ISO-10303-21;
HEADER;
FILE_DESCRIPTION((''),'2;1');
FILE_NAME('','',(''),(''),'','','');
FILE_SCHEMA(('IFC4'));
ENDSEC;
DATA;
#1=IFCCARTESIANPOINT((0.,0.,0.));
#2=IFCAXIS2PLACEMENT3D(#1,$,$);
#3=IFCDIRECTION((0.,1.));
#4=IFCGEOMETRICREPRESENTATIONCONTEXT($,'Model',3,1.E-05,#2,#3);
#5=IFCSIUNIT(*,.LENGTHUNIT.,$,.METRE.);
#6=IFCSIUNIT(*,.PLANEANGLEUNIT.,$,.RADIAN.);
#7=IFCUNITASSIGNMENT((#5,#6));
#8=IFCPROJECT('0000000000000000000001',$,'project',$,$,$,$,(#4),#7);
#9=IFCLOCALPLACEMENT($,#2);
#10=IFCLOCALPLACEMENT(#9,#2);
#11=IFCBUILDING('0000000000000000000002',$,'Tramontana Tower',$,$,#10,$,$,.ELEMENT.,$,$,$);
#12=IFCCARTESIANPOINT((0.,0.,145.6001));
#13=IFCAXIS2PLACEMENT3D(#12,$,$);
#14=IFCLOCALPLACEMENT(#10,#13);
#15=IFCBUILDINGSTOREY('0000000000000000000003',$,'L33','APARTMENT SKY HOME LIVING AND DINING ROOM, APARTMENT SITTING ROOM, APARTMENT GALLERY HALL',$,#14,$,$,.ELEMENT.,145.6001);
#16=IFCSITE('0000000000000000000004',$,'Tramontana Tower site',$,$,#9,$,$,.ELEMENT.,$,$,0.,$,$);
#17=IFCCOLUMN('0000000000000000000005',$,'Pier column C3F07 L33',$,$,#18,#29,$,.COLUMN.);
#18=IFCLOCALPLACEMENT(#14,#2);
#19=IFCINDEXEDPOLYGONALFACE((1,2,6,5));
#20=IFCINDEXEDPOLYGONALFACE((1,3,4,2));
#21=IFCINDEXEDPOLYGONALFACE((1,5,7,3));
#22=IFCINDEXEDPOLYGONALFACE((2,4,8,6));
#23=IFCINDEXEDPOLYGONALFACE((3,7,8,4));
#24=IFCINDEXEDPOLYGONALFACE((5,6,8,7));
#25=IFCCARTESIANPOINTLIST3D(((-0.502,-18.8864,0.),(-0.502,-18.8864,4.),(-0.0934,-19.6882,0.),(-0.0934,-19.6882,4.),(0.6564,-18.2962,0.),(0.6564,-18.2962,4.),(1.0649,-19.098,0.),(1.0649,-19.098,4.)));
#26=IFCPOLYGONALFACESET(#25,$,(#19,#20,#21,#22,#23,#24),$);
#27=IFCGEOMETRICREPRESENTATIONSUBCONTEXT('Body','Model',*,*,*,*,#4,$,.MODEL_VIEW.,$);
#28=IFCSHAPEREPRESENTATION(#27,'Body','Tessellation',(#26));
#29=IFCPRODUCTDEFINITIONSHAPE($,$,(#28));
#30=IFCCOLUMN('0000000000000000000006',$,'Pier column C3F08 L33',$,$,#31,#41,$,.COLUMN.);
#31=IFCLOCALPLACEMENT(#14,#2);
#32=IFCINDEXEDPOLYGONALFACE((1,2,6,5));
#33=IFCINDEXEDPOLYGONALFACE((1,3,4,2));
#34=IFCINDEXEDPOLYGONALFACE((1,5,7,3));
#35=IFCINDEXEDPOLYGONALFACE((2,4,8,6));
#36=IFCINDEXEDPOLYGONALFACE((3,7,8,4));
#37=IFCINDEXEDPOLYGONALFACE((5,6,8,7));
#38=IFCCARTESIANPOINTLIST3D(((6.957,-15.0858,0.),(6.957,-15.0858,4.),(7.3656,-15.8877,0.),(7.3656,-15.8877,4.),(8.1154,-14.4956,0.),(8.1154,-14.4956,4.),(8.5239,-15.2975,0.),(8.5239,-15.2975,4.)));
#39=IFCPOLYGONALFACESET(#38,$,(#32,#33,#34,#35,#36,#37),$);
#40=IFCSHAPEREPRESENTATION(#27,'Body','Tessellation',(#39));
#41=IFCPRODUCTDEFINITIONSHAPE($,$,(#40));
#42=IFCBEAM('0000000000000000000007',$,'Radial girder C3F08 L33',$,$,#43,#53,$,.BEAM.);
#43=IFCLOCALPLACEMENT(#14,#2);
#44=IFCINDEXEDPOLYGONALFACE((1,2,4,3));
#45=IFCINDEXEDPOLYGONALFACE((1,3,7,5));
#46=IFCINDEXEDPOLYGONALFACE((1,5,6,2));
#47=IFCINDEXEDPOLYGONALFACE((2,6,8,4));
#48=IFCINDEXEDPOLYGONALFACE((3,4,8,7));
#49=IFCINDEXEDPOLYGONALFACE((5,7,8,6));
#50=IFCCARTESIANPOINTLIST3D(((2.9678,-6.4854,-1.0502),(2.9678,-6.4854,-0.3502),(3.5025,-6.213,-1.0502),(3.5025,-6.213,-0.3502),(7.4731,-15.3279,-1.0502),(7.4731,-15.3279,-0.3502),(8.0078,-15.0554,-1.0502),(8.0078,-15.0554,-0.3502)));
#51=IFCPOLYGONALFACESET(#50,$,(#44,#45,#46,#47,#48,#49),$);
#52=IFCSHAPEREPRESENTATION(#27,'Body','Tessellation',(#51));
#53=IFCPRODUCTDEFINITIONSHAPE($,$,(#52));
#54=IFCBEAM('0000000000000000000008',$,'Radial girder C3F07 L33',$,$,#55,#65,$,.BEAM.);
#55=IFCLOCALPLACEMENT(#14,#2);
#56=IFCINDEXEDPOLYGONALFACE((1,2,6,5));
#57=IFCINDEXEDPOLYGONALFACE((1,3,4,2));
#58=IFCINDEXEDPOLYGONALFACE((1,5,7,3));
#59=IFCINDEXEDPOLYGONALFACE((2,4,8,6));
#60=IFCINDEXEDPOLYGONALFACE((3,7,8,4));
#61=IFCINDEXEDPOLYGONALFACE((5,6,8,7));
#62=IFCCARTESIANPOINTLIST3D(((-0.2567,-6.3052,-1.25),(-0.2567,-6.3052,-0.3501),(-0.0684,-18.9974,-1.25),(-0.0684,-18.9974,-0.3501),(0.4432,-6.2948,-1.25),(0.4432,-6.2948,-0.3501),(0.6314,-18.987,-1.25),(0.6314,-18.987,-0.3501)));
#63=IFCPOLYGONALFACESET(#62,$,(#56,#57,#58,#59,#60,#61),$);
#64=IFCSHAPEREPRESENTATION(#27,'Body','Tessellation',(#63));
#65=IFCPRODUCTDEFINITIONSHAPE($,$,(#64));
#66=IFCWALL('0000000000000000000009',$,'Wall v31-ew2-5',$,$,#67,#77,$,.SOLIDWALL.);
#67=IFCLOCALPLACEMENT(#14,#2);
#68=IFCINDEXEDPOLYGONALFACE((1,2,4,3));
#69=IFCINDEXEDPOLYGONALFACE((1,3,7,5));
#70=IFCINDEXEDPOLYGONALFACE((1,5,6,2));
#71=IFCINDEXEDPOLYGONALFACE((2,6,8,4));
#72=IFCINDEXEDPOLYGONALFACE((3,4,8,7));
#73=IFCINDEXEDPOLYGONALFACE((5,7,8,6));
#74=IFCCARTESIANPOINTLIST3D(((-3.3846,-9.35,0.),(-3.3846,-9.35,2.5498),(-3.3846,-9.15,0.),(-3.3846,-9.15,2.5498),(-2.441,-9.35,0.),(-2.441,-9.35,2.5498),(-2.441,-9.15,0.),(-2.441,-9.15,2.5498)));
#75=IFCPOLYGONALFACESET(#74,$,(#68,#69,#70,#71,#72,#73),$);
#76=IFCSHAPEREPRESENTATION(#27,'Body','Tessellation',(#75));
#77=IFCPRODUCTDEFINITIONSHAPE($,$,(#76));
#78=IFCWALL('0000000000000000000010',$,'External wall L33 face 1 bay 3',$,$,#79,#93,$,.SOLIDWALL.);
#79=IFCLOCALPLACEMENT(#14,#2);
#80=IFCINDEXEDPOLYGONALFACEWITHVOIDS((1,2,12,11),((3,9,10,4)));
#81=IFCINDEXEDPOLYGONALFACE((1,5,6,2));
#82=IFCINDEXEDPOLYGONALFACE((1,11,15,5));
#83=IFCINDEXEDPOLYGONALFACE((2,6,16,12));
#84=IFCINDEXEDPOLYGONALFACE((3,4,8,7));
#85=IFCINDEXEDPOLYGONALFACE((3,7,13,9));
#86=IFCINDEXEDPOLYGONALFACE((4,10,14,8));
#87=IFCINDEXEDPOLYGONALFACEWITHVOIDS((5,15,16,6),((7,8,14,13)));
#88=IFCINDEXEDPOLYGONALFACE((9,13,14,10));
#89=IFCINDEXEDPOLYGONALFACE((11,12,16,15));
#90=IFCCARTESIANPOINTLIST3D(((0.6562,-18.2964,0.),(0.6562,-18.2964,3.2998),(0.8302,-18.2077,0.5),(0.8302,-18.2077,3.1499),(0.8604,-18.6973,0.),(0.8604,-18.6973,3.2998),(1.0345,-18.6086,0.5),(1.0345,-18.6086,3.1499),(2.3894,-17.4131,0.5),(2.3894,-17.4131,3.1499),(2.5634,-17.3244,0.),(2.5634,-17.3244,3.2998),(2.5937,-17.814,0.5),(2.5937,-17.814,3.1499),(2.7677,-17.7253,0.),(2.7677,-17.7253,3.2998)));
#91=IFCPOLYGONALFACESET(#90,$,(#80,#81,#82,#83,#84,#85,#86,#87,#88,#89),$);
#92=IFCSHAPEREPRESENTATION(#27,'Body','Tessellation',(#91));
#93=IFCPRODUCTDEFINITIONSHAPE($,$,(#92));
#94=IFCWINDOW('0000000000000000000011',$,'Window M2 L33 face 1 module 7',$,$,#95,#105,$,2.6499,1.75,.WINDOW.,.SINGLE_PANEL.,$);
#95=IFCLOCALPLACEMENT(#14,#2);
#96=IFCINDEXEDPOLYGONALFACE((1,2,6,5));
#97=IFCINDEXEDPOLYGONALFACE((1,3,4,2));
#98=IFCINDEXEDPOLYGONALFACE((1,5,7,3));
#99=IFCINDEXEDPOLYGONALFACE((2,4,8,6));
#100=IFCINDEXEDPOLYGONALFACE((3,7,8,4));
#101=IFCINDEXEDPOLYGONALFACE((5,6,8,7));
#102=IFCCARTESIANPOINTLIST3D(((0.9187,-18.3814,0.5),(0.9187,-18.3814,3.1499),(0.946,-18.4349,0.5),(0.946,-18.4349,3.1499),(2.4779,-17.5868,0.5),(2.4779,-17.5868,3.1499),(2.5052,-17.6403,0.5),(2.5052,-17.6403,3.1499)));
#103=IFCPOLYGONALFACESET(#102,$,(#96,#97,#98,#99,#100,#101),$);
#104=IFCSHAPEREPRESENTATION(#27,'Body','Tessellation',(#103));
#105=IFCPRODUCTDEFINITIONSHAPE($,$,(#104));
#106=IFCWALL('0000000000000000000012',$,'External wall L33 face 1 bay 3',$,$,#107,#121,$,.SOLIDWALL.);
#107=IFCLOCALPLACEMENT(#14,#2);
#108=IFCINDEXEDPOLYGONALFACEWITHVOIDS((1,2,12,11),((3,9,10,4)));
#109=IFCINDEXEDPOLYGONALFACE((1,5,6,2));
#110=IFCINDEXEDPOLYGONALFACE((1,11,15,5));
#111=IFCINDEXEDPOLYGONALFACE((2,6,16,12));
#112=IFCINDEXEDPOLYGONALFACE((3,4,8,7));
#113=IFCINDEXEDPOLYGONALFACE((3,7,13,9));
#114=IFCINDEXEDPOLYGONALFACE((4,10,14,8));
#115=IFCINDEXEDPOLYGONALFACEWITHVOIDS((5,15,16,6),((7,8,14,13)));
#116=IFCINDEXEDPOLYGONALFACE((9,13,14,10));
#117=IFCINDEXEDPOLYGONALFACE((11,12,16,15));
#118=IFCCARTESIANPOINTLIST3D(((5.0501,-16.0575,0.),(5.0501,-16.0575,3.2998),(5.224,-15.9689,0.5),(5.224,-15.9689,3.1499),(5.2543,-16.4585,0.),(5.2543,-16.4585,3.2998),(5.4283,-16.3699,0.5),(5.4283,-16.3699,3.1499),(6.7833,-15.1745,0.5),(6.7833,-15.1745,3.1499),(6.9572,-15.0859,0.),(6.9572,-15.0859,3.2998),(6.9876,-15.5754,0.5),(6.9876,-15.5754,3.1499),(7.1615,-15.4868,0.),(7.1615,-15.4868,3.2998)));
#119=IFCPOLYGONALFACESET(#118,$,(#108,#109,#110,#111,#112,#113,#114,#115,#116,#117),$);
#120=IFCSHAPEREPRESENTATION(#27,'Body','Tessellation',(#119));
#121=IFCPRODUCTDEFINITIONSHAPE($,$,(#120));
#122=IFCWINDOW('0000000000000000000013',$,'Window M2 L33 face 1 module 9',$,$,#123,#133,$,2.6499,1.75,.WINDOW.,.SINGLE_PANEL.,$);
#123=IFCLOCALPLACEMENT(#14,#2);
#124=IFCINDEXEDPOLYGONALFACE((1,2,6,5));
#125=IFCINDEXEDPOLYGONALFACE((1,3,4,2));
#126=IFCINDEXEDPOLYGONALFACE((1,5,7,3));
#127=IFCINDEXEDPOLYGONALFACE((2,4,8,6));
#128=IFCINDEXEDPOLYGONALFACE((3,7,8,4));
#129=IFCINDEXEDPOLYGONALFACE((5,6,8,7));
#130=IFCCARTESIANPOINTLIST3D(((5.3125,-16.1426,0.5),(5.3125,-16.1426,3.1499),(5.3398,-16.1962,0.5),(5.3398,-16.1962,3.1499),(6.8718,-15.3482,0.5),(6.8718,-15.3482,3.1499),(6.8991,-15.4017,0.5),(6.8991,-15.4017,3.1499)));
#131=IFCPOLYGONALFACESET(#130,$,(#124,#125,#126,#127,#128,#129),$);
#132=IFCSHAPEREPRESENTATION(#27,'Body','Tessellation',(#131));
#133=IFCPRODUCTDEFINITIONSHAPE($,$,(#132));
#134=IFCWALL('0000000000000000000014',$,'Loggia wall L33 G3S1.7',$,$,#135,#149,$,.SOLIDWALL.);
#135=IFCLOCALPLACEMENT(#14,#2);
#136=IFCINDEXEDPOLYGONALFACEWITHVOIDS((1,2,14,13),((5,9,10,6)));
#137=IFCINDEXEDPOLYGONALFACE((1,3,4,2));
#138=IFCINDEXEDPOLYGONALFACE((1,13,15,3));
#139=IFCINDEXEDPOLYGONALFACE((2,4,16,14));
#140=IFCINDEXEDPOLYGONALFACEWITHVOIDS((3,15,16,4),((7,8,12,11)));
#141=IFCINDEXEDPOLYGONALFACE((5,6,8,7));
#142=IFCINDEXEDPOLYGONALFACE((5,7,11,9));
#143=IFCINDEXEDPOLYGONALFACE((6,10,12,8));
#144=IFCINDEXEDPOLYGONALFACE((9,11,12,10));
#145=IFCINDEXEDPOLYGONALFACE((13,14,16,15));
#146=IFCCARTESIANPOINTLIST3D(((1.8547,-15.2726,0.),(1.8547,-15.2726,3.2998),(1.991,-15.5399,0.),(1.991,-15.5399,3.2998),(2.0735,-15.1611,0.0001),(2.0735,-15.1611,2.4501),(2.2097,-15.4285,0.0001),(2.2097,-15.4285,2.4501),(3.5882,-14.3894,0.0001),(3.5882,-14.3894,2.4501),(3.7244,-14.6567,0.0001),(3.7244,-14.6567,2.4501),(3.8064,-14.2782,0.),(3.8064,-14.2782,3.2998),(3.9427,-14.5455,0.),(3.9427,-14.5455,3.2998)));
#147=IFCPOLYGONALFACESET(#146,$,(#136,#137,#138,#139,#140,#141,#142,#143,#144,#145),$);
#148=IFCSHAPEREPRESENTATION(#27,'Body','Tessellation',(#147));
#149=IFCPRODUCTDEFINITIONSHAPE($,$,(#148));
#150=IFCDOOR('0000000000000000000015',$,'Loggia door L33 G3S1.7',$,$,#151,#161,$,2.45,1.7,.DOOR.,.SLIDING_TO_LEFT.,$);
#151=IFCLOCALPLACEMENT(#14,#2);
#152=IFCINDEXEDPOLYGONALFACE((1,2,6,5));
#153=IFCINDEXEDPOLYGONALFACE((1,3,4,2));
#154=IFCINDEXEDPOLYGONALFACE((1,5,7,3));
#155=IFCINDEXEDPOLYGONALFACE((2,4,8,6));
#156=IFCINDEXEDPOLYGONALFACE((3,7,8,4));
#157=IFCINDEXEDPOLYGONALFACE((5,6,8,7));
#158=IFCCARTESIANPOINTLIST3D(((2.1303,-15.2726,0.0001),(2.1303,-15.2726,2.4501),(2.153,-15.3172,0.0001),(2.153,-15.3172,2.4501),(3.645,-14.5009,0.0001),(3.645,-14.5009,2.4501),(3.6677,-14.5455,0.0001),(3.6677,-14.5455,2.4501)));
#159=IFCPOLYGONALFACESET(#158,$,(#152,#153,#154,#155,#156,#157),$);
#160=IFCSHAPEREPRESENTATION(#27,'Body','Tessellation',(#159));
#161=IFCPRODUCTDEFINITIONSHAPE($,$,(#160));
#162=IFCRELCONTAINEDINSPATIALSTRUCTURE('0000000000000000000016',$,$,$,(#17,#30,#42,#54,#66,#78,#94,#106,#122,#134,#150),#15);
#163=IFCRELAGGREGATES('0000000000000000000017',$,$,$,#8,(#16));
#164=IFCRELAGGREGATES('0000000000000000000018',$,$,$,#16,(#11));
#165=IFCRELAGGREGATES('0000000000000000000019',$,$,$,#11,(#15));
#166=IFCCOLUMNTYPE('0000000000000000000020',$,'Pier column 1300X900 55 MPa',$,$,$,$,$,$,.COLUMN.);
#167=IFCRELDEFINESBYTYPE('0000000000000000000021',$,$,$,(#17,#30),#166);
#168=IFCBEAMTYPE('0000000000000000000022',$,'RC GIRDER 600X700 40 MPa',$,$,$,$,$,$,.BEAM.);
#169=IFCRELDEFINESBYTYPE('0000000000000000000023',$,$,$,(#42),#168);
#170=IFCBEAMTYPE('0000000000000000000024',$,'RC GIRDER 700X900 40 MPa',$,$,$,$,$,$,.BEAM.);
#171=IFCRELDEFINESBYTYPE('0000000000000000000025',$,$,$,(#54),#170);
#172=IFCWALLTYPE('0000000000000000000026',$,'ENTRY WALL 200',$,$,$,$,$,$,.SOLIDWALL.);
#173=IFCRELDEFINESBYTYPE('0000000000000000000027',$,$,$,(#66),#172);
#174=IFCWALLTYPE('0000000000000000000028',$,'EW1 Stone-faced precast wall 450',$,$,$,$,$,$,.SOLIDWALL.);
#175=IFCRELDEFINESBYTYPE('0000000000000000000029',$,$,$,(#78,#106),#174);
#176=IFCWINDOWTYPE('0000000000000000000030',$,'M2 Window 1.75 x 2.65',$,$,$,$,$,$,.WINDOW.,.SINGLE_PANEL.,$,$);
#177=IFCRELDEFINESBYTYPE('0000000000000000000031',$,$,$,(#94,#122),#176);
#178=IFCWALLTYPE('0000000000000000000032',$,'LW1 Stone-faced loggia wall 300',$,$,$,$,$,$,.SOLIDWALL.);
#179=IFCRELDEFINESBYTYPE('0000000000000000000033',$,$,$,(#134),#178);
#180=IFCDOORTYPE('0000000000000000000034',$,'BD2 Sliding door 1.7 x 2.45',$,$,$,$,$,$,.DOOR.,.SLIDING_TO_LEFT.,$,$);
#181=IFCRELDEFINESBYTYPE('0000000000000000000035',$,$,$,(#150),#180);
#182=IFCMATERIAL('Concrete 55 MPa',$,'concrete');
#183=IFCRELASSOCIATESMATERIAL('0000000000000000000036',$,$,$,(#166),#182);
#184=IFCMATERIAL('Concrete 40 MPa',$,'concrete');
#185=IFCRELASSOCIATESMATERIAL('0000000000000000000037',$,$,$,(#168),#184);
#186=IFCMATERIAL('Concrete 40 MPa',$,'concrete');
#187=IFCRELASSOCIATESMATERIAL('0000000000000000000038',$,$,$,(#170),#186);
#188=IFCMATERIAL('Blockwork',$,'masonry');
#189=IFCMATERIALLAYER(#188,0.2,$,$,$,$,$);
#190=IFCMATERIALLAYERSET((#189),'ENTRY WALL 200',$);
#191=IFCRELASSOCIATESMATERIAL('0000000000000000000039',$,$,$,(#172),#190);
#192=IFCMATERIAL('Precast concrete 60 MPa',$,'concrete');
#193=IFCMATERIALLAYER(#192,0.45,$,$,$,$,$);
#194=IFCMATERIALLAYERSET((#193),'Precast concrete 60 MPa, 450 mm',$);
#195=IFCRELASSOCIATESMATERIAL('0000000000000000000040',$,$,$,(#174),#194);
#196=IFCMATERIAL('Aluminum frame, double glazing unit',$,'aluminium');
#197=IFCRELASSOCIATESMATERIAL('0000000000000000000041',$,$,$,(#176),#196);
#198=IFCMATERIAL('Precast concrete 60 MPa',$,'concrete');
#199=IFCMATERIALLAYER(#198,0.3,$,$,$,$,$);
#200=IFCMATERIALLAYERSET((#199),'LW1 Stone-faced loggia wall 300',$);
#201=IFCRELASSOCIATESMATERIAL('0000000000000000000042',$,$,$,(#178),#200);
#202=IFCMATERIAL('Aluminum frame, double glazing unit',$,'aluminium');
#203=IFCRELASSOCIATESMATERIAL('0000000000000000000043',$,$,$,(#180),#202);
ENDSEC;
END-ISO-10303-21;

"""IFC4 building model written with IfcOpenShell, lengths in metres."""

from ifc_helpers import new_model, si_unit, direction, frame, frame_2d, origin, origin_2d, place, context, subcontext, project, spatial, rectangle, extrude, material, layer, layer_set, material_profile, profile_set, type_object, element, fill, save


model = new_model("IFC4")

# Units and contexts
model_context = context("Model", 3, precision=1e-05, world=origin(), true_north=direction((0.0, 1.0)))
body_context = subcontext(model_context, "Body", "Model", "MODEL_VIEW")
ifc_project = project(units=[si_unit("LENGTHUNIT", "METRE"), si_unit("PLANEANGLEUNIT", "RADIAN")], contexts=[model_context])

# Site, building, storey
site_placement = place(None, origin())
site = spatial("IfcSite", under=ifc_project, at=site_placement, Name="Tramontana Tower site", CompositionType="ELEMENT", RefElevation=0.0)
building_placement = place(site_placement, origin())
building = spatial("IfcBuilding", under=site, at=building_placement, Name="Tramontana Tower", CompositionType="ELEMENT")
storey_placement = place(building_placement, frame((0.0, 0.0, 145.6001)))
storey = spatial("IfcBuildingStorey", under=building, at=storey_placement, Name="L33", Description="APARTMENT SKY HOME LIVING AND DINING ROOM, APARTMENT SITTING ROOM, APARTMENT GALLERY HALL", CompositionType="ELEMENT", Elevation=145.6001)

# Columns
ifc_material_1 = material(Name="Concrete 55 MPa", Category="concrete")
ifc_material_profile_1 = material_profile(ifc_material_1, rectangle(XDim=1.3, YDim=0.8999, at=origin_2d()), Name="Pier column 1300X900 55 MPa")
ifc_profile_set_1 = profile_set([ifc_material_profile_1], Name="Concrete 55 MPa")
column_type = type_object("IfcColumnType", Name="Pier column 1300X900 55 MPa", PredefinedType="COLUMN", material=ifc_profile_set_1)
for number, where, z_axis, x_axis, name in (
    (1, (0.2815, -18.9922, 0.0), (0.0, 0.0, 1.0), (0.891007, 0.45399, 0.0), "Pier column C3F07 L33"),
    (2, (7.7405, -15.1917, 0.0), (0.0, 0.0, 1.0), (0.891007, 0.45399, 0.0), "Pier column C3F08 L33"),
):
    element("IfcColumn", number, at=place(storey_placement, frame(where, z_axis=z_axis, x_axis=x_axis)), inside=storey, type_object=column_type, Name=name, PredefinedType="COLUMN", context=body_context, shape_type="SweptSolid", body=[
        extrude(rectangle(XDim=1.3, YDim=0.8999, at=origin_2d()), origin(), (0.0, 0.0, 1.0), 4.0),
    ])

# Beams
ifc_material_2 = material(Name="Concrete 40 MPa", Category="concrete")
ifc_material_profile_2 = material_profile(ifc_material_2, rectangle(XDim=0.6001, YDim=0.7, at=origin_2d()), Name="RC GIRDER 600X700 40 MPa")
ifc_profile_set_2 = profile_set([ifc_material_profile_2], Name="Concrete 40 MPa")
beam_type_1 = type_object("IfcBeamType", Name="RC GIRDER 600X700 40 MPa", PredefinedType="BEAM", material=ifc_profile_set_2)
beam_1_placement = place(storey_placement, frame((7.7405, -15.1917, -0.7002), z_axis=(-0.453981, 0.891012, 0.0), x_axis=(-0.891012, -0.453981, 0.0)))
element("IfcBeam", 3, at=beam_1_placement, inside=storey, type_object=beam_type_1, Name="Radial girder C3F08 L33", PredefinedType="BEAM", context=body_context, shape_type="SweptSolid", body=[
    extrude(rectangle(XDim=0.6001, YDim=0.7, at=origin_2d()), origin(), (0.0, 0.0, 1.0), 9.9241),
])
ifc_material_3 = material(Name="Concrete 40 MPa", Category="concrete")
ifc_material_profile_3 = material_profile(ifc_material_3, rectangle(XDim=0.7, YDim=0.8999, at=origin_2d()), Name="RC GIRDER 700X900 40 MPa")
ifc_profile_set_3 = profile_set([ifc_material_profile_3], Name="Concrete 40 MPa")
beam_type_2 = type_object("IfcBeamType", Name="RC GIRDER 700X900 40 MPa", PredefinedType="BEAM", material=ifc_profile_set_3)
beam_2_placement = place(storey_placement, frame((0.2815, -18.9922, -0.8), z_axis=(-0.014829, 0.99989, 0.0), x_axis=(-0.99989, -0.014829, 0.0)))
element("IfcBeam", 4, at=beam_2_placement, inside=storey, type_object=beam_type_2, Name="Radial girder C3F07 L33", PredefinedType="BEAM", context=body_context, shape_type="SweptSolid", body=[
    extrude(rectangle(XDim=0.7, YDim=0.8999, at=origin_2d()), origin(), (0.0, 0.0, 1.0), 12.6936),
])

# Wall
ifc_material_4 = material(Name="Blockwork", Category="masonry")
ifc_layer_1 = layer(ifc_material_4, 0.2)
ifc_layer_set_1 = layer_set([ifc_layer_1], Name="ENTRY WALL 200")
wall_type_1 = type_object("IfcWallType", Name="ENTRY WALL 200", PredefinedType="SOLIDWALL", material=ifc_layer_set_1)
wall_1_placement = place(storey_placement, frame((-2.4412, -9.25, 0.0), z_axis=(0.0, 0.0, 1.0), x_axis=(-1.0, 0.0, 0.0)))
element("IfcWall", 5, at=wall_1_placement, inside=storey, type_object=wall_type_1, Name="Wall v31-ew2-5", PredefinedType="SOLIDWALL", context=body_context, shape_type="SweptSolid", body=[
    extrude(rectangle(XDim=0.9436, YDim=0.2, at=frame_2d((0.4717, 0.0))), origin(), (0.0, 0.0, 1.0), 2.5498),
])

# Walls, openings, windows
ifc_material_5 = material(Name="Precast concrete 60 MPa", Category="concrete")
ifc_layer_2 = layer(ifc_material_5, 0.45)
ifc_layer_set_2 = layer_set([ifc_layer_2], Name="Precast concrete 60 MPa, 450 mm")
wall_type_2 = type_object("IfcWallType", Name="EW1 Stone-faced precast wall 450", PredefinedType="SOLIDWALL", material=ifc_layer_set_2)
wall_2_placement = place(storey_placement, frame((0.7583, -18.4968, 0.0), z_axis=(0.0, 0.0, 1.0), x_axis=(0.890979, 0.454044, 0.0)))
wall_2 = element("IfcWall", 6, at=wall_2_placement, inside=storey, type_object=wall_type_2, Name="External wall L33 face 1 bay 3", PredefinedType="SOLIDWALL", context=body_context, shape_type="SweptSolid", body=[
    extrude(rectangle(XDim=2.1406, YDim=0.45, at=frame_2d((1.0703, 0.0))), origin(), (0.0, 0.0, 1.0), 3.2998),
])
opening_1_placement = place(wall_2_placement, frame((0.1953, 0.0, 0.5)))
opening_1 = element("IfcOpeningElement", 7, at=opening_1_placement, cuts=wall_2, PredefinedType="OPENING", context=body_context, shape_type="SweptSolid", body=[
    extrude(rectangle(XDim=1.75, YDim=2.6499, at=frame_2d((0.875, 1.325))), frame((0.0, 0.2349, 0.0), z_axis=(0.0, -1.0, 0.0), x_axis=(1.0, 0.0, 0.0)), (0.0, 0.0, 1.0), 0.47),
])
ifc_material_6 = material(Name="Aluminum frame, double glazing unit", Category="aluminium")
window_type = type_object("IfcWindowType", Name="M2 Window 1.75 x 2.65", PartitioningType="SINGLE_PANEL", PredefinedType="WINDOW", material=ifc_material_6)
window_1_placement = place(opening_1_placement, origin())
window_1 = element("IfcWindow", 8, at=window_1_placement, inside=storey, type_object=window_type, Name="Window M2 L33 face 1 module 7", OverallHeight=2.6499, OverallWidth=1.75, PartitioningType="SINGLE_PANEL", PredefinedType="WINDOW", context=body_context, shape_type="SweptSolid", body=[
    extrude(rectangle(XDim=1.75, YDim=2.6499, at=frame_2d((0.875, 1.325))), frame((0.0, 0.03, 0.0), z_axis=(0.0, -1.0, 0.0), x_axis=(1.0, 0.0, 0.0)), (0.0, 0.0, 1.0), 0.0601),
])
fill(opening_1, window_1)
wall_3_placement = place(storey_placement, frame((5.1521, -16.2581, 0.0), z_axis=(0.0, 0.0, 1.0), x_axis=(0.891026, 0.453953, 0.0)))
wall_3 = element("IfcWall", 9, at=wall_3_placement, inside=storey, type_object=wall_type_2, Name="External wall L33 face 1 bay 3", PredefinedType="SOLIDWALL", context=body_context, shape_type="SweptSolid", body=[
    extrude(rectangle(XDim=2.1404, YDim=0.45, at=frame_2d((1.0703, 0.0))), origin(), (0.0, 0.0, 1.0), 3.2998),
])
opening_2_placement = place(wall_3_placement, frame((0.1953, 0.0, 0.5)))
opening_2 = element("IfcOpeningElement", 10, at=opening_2_placement, cuts=wall_3, PredefinedType="OPENING", context=body_context, shape_type="SweptSolid", body=[
    extrude(rectangle(XDim=1.75, YDim=2.6499, at=frame_2d((0.875, 1.325))), frame((0.0, 0.2349, 0.0), z_axis=(0.0, -1.0, 0.0), x_axis=(1.0, 0.0, 0.0)), (0.0, 0.0, 1.0), 0.47),
])
window_2_placement = place(opening_2_placement, origin())
window_2 = element("IfcWindow", 11, at=window_2_placement, inside=storey, type_object=window_type, Name="Window M2 L33 face 1 module 9", OverallHeight=2.6499, OverallWidth=1.75, PartitioningType="SINGLE_PANEL", PredefinedType="WINDOW", context=body_context, shape_type="SweptSolid", body=[
    extrude(rectangle(XDim=1.75, YDim=2.6499, at=frame_2d((0.875, 1.325))), frame((0.0, 0.03, 0.0), z_axis=(0.0, -1.0, 0.0), x_axis=(1.0, 0.0, 0.0)), (0.0, 0.0, 1.0), 0.0601),
])
fill(opening_2, window_2)

# Wall, opening, door
ifc_material_7 = material(Name="Precast concrete 60 MPa", Category="concrete")
ifc_layer_3 = layer(ifc_material_7, 0.3)
ifc_layer_set_3 = layer_set([ifc_layer_3], Name="LW1 Stone-faced loggia wall 300")
wall_type_3 = type_object("IfcWallType", Name="LW1 Stone-faced loggia wall 300", PredefinedType="SOLIDWALL", material=ifc_layer_set_3)
wall_4_placement = place(storey_placement, frame((1.9229, -15.4062, 0.0), z_axis=(0.0, 0.0, 1.0), x_axis=(0.891013, 0.453978, 0.0)))
wall_4 = element("IfcWall", 12, at=wall_4_placement, inside=storey, type_object=wall_type_3, Name="Loggia wall L33 G3S1.7", PredefinedType="SOLIDWALL", context=body_context, shape_type="SweptSolid", body=[
    extrude(rectangle(XDim=2.1904, YDim=0.3, at=frame_2d((1.0952, 0.0))), origin(), (0.0, 0.0, 1.0), 3.2998),
])
opening_3_placement = place(wall_4_placement, frame((0.2454, 0.0, 0.0)))
opening_3 = element("IfcOpeningElement", 13, at=opening_3_placement, cuts=wall_4, PredefinedType="OPENING", context=body_context, shape_type="SweptSolid", body=[
    extrude(rectangle(XDim=1.7, YDim=2.45, at=frame_2d((0.8501, 1.2251))), frame((0.0, 0.1599, 0.0), z_axis=(0.0, -1.0, 0.0), x_axis=(1.0, 0.0, 0.0)), (0.0, 0.0, 1.0), 0.3201),
])
ifc_material_8 = material(Name="Aluminum frame, double glazing unit", Category="aluminium")
door_type_1 = type_object("IfcDoorType", Name="BD2 Sliding door 1.7 x 2.45", OperationType="SLIDING_TO_LEFT", PredefinedType="DOOR", material=ifc_material_8)
door_1_placement = place(opening_3_placement, origin())
door_1 = element("IfcDoor", 14, at=door_1_placement, inside=storey, type_object=door_type_1, Name="Loggia door L33 G3S1.7", OperationType="SLIDING_TO_LEFT", OverallHeight=2.45, OverallWidth=1.7, PredefinedType="DOOR", context=body_context, shape_type="SweptSolid", body=[
    extrude(rectangle(XDim=1.7, YDim=2.45, at=frame_2d((0.8501, 1.2251))), frame((0.0, 0.0249, 0.0), z_axis=(0.0, -1.0, 0.0), x_axis=(1.0, 0.0, 0.0)), (0.0, 0.0, 1.0), 0.05),
])
fill(opening_3, door_1)

save(model, "model.ifc")
